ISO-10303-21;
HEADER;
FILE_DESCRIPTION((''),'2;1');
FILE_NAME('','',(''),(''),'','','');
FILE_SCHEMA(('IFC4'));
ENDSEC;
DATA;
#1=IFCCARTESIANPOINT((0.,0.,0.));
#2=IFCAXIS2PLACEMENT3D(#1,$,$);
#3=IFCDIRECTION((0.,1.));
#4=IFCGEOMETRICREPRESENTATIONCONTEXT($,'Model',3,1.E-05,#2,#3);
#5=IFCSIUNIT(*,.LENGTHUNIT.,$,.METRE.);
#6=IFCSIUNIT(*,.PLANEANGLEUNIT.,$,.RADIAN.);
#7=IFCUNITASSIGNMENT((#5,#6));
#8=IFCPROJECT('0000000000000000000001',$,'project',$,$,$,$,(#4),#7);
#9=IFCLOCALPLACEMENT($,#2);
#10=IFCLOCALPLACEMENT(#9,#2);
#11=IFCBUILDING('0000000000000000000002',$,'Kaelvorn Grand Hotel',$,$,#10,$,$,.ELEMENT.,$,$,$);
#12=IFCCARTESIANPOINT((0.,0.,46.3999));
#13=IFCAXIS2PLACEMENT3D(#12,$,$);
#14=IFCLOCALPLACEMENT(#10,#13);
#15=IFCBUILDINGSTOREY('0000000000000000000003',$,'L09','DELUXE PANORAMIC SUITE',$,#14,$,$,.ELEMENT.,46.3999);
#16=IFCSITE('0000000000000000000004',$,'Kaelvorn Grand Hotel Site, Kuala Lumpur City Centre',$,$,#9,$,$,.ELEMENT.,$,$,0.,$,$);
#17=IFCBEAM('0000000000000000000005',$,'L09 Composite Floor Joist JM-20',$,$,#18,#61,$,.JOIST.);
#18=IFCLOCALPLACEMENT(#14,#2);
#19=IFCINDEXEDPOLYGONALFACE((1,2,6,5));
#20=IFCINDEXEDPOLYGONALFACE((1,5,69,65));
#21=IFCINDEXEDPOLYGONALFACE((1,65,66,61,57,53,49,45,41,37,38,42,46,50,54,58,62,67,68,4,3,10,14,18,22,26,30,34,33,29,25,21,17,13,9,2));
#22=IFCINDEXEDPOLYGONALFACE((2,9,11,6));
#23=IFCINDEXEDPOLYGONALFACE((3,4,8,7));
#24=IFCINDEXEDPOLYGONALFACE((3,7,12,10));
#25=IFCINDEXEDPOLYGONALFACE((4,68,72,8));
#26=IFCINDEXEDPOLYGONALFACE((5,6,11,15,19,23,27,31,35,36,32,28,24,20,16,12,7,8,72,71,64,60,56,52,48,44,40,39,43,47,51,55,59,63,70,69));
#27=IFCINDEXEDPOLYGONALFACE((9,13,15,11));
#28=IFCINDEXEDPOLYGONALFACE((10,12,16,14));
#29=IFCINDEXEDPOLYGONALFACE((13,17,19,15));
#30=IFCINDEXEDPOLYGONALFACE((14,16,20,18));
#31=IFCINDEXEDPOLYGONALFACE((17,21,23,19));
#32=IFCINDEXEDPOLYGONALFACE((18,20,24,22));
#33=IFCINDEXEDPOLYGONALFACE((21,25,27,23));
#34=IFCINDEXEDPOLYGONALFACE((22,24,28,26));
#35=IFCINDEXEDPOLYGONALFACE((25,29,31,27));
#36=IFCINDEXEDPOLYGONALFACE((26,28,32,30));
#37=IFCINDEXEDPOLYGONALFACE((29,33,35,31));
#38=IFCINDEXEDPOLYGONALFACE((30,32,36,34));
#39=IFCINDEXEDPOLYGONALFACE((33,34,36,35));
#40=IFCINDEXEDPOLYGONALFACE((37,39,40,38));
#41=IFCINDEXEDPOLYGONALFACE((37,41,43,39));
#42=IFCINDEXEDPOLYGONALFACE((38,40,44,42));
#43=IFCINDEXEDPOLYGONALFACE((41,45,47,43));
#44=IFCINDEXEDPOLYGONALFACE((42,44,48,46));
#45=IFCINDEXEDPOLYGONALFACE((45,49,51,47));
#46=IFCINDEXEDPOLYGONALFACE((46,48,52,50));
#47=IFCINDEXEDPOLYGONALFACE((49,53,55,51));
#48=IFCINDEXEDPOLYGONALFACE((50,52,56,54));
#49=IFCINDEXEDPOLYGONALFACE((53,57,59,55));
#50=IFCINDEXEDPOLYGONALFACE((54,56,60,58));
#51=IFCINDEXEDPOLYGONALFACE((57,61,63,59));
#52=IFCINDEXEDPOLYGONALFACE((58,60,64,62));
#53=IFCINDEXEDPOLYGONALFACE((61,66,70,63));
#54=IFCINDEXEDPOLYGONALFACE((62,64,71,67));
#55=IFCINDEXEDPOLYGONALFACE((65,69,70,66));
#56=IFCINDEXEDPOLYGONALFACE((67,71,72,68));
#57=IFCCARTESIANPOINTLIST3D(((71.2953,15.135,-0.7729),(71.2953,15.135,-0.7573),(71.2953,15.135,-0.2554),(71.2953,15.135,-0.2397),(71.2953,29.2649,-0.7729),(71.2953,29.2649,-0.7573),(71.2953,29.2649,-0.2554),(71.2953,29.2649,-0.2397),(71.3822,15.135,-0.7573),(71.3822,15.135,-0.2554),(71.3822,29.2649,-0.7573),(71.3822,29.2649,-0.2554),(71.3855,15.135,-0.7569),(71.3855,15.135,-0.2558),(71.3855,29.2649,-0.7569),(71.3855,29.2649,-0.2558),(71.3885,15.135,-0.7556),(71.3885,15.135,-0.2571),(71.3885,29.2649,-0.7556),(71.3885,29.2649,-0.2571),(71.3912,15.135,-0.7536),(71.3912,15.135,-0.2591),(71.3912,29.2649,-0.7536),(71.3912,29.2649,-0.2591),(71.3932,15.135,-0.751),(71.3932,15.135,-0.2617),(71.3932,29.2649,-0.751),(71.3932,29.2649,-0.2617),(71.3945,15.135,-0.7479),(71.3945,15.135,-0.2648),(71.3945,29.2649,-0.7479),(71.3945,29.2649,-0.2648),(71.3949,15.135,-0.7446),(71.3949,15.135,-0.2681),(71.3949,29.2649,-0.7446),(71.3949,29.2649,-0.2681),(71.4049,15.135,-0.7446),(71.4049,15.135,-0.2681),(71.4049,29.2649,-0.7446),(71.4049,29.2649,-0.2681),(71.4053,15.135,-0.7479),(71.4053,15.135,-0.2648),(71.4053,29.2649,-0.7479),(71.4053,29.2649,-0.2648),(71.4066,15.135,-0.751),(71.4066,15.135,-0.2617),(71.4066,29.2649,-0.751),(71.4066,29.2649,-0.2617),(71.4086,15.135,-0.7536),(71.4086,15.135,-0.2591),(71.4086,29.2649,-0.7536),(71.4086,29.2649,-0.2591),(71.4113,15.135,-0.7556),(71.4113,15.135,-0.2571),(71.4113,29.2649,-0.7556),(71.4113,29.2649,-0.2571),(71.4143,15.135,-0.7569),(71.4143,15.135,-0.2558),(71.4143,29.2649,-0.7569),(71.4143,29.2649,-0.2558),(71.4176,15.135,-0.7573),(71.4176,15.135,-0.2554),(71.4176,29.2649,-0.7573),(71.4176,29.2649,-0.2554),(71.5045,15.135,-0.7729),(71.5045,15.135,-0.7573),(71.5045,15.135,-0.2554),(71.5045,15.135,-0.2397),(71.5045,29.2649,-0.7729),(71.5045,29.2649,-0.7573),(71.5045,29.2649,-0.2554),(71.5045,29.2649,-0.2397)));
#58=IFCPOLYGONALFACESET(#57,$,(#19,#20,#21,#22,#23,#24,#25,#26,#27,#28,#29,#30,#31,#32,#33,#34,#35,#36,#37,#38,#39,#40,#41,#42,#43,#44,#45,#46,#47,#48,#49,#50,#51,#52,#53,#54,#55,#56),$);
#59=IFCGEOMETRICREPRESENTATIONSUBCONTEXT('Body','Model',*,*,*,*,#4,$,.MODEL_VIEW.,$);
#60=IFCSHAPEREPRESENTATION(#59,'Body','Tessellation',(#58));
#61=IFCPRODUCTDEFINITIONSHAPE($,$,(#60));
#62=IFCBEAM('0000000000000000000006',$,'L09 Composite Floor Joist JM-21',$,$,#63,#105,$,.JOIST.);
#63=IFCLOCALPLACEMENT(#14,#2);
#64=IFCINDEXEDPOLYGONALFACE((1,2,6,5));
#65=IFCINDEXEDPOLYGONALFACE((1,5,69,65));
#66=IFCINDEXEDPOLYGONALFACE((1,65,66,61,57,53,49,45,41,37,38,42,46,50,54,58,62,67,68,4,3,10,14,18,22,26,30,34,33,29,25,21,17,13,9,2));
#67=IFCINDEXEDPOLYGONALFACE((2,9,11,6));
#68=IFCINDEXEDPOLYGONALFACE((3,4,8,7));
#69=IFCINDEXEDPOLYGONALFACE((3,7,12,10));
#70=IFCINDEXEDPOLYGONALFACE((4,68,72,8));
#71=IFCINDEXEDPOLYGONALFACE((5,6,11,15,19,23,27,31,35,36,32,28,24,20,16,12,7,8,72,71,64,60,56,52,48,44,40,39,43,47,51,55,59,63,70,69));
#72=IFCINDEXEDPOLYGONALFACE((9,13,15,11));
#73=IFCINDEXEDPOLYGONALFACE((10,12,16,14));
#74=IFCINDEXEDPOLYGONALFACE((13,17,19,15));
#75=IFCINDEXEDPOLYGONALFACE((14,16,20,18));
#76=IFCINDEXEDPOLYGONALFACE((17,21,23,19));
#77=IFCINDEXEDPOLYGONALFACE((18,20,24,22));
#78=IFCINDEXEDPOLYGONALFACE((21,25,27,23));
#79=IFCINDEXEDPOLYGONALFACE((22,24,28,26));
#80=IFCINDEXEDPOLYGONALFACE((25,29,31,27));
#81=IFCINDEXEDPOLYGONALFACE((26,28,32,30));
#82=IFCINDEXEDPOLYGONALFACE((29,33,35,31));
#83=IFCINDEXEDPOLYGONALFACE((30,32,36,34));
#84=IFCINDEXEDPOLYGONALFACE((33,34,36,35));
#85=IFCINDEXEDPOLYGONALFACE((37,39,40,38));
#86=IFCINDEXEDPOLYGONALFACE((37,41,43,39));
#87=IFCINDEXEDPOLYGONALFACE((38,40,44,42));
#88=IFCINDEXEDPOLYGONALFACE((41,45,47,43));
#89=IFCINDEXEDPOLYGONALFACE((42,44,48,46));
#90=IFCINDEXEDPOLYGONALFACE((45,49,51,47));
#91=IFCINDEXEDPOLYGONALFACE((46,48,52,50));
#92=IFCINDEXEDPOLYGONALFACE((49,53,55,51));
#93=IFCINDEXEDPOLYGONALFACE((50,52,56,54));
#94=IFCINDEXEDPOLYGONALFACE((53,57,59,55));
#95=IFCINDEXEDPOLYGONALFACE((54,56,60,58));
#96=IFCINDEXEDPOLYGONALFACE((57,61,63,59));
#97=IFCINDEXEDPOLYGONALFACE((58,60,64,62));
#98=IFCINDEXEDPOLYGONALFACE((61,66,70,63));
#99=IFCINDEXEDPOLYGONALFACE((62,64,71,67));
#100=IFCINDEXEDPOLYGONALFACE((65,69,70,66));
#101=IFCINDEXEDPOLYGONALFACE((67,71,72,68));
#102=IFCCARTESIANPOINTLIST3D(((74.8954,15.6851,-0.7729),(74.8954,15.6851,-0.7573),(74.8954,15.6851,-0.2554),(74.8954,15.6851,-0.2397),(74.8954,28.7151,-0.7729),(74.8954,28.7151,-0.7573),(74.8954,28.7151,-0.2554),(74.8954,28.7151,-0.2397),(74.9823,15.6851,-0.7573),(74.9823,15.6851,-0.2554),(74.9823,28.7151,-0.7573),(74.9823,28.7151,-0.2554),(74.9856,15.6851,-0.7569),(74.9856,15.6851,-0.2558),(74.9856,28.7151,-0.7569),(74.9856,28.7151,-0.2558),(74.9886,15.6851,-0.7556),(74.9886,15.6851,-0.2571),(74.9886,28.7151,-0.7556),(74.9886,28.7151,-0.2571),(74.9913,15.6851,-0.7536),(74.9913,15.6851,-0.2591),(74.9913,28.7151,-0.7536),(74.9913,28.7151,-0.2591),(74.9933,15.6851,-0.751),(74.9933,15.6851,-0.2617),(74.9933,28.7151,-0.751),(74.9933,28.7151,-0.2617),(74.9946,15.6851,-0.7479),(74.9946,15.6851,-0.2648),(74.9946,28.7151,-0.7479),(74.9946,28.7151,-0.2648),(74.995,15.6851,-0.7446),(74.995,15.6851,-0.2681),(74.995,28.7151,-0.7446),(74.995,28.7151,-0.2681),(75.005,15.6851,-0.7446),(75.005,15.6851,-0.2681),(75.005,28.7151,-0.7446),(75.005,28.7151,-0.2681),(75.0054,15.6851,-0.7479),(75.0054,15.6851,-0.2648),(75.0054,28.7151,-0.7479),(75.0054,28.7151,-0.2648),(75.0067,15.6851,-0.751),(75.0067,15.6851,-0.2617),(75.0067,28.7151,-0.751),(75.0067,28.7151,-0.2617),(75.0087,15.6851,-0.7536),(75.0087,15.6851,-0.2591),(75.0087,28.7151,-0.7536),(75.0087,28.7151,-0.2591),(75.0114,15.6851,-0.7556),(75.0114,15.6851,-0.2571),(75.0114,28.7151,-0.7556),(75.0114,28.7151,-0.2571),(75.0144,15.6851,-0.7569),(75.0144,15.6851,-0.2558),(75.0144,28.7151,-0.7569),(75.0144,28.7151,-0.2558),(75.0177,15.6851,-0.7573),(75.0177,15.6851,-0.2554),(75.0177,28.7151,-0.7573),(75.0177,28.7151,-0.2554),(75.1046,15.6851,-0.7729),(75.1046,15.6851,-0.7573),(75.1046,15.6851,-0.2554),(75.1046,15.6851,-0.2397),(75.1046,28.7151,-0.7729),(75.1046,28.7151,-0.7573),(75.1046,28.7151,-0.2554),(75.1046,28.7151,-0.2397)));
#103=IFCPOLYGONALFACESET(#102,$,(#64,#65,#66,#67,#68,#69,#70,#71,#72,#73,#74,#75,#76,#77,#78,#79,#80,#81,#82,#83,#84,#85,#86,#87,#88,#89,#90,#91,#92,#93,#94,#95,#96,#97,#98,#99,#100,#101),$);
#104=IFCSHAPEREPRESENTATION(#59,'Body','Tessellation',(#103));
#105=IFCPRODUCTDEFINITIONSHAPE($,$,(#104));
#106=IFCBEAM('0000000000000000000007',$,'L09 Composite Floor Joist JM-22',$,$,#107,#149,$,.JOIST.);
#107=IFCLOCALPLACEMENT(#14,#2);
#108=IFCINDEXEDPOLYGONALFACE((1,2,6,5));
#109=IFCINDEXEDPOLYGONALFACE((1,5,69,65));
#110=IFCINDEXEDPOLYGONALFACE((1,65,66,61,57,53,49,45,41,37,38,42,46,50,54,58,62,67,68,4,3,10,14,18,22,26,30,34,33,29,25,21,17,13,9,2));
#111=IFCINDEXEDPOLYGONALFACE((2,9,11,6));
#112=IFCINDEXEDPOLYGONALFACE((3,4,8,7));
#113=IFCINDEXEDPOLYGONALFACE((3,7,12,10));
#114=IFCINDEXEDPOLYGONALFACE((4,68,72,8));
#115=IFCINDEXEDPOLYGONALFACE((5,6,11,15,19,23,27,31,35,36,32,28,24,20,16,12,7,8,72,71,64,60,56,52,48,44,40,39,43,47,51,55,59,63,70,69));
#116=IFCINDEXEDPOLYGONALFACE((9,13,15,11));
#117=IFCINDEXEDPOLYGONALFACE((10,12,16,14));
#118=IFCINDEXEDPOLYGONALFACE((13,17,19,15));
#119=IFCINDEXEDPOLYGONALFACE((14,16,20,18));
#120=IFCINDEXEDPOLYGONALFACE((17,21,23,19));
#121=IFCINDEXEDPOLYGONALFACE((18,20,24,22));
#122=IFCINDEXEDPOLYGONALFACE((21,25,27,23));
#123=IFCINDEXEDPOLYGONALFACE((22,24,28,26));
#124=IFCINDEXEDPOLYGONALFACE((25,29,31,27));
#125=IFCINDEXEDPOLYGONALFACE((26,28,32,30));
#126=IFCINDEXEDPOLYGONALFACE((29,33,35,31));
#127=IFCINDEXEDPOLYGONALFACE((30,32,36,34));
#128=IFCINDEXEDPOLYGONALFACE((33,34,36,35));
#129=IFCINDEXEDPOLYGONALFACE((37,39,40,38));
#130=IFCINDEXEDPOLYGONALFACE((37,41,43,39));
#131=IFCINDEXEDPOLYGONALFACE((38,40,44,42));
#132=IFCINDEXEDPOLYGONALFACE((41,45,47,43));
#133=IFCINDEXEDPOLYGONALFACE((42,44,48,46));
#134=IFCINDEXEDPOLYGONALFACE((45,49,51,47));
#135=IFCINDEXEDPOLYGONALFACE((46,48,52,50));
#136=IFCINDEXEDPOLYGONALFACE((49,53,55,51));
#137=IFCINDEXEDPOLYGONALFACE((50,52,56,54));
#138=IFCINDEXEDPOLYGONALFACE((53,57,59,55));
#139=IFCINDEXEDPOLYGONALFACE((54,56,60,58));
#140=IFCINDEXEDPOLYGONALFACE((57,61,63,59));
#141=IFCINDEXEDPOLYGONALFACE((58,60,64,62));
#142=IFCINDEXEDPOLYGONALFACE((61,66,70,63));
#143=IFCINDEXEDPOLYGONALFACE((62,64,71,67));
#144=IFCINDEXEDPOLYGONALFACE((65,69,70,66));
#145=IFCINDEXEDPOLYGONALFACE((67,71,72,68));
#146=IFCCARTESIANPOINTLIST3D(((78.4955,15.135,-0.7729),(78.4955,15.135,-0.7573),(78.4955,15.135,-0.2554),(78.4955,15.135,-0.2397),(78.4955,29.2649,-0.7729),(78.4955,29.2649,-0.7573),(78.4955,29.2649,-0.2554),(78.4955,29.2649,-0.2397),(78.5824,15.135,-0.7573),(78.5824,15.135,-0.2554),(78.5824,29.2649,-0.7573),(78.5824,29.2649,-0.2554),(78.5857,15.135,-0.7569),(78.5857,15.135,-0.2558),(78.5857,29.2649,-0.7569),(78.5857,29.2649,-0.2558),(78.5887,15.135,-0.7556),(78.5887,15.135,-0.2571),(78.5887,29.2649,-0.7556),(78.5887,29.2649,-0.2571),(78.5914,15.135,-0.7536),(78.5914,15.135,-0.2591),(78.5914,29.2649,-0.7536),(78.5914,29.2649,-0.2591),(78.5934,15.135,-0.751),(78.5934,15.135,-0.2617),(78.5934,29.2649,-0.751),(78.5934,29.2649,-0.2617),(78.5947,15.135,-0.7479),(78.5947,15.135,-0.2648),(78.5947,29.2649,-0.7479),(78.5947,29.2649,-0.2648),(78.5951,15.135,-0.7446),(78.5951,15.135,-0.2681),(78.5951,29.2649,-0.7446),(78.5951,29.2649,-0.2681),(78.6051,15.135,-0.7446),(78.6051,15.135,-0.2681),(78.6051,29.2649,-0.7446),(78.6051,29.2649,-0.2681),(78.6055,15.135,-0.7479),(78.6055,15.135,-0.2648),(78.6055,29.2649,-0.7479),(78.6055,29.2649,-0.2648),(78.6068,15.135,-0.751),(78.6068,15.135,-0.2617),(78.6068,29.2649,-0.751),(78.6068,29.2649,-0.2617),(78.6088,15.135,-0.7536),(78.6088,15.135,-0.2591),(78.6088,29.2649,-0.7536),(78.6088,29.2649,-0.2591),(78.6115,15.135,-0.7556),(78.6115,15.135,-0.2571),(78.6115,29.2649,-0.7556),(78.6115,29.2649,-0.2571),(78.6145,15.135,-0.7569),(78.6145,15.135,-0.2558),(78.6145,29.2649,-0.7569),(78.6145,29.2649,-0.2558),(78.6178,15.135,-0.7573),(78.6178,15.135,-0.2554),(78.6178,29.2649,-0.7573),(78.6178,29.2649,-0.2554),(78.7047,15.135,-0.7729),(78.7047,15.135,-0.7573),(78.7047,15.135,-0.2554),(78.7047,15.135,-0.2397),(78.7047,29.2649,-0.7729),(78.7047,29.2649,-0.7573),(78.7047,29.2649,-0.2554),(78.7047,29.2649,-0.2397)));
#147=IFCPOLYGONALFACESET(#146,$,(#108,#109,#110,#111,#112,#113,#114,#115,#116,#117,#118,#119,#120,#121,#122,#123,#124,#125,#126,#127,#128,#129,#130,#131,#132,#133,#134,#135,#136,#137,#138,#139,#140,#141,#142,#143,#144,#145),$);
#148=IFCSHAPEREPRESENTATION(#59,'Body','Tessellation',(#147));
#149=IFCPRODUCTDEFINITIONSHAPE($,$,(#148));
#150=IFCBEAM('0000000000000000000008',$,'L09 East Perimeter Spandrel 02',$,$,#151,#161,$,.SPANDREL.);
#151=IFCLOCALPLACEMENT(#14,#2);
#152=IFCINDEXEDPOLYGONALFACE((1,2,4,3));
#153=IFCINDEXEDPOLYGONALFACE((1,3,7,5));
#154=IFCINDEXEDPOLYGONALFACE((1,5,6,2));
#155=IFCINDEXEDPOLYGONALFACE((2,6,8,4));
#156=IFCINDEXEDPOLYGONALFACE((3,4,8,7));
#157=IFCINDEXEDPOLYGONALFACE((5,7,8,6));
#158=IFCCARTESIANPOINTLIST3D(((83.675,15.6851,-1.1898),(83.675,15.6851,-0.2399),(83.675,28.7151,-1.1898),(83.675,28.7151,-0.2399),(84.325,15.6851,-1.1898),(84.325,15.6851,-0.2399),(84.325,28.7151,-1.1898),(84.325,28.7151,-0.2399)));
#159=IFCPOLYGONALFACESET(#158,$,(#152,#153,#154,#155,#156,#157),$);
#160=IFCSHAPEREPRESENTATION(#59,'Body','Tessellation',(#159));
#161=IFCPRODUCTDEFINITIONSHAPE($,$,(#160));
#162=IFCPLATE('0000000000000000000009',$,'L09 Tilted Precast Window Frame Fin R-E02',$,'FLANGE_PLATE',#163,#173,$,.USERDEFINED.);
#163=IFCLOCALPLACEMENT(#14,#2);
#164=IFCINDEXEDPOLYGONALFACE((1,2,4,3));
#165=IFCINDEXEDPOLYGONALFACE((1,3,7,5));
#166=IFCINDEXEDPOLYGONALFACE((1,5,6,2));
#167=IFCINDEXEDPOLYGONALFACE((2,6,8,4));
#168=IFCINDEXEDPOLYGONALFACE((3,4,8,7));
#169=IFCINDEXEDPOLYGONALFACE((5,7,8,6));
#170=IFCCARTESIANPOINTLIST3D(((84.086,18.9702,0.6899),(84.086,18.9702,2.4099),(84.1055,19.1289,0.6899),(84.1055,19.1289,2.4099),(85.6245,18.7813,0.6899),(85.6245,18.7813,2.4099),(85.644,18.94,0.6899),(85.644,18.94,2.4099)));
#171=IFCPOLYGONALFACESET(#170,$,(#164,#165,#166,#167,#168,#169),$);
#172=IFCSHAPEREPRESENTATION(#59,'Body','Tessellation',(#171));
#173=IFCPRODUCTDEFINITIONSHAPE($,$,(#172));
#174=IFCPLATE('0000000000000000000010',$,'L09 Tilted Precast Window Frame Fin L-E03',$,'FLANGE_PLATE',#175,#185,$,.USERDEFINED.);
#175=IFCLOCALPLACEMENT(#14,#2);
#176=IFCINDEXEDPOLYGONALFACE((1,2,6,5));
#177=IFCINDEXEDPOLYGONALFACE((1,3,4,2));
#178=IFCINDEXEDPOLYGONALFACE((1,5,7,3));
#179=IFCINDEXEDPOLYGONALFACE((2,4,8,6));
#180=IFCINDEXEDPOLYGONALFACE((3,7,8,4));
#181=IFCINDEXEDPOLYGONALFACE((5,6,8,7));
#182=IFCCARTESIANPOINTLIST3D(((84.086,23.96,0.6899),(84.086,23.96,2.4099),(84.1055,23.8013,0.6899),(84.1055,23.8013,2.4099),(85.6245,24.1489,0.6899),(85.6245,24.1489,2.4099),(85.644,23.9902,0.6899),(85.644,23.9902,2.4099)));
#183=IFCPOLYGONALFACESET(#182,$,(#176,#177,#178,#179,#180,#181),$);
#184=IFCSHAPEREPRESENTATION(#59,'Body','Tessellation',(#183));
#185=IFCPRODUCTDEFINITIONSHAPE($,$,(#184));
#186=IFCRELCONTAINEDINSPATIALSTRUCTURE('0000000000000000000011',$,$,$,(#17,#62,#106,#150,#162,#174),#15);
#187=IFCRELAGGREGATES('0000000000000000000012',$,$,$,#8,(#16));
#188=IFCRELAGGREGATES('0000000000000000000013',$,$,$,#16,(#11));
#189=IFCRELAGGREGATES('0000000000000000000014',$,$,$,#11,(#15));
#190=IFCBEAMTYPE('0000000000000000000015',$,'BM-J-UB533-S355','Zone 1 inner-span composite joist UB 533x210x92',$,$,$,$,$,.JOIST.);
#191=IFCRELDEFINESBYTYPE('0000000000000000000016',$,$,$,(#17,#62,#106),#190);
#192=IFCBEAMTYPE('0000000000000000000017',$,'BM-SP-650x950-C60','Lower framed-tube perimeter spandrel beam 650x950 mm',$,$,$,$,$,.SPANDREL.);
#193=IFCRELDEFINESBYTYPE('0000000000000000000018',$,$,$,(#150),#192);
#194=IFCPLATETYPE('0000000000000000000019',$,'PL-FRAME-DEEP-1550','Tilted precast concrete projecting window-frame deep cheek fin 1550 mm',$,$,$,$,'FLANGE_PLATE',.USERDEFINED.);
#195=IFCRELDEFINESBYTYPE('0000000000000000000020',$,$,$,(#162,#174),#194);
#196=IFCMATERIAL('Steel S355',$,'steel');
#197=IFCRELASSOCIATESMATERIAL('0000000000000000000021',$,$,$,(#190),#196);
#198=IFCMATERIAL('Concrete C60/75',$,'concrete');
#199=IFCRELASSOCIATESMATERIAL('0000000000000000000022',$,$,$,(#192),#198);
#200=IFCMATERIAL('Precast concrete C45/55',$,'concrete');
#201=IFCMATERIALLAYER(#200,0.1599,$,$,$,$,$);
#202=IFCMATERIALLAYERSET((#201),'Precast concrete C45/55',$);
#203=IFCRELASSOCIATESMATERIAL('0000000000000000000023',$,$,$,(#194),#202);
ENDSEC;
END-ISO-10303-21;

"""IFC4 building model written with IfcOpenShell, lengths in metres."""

from ifc_helpers import new_model, si_unit, direction, frame, origin, origin_2d, place, context, subcontext, project, spatial, rectangle, i_section, extrude, material, layer, layer_set, material_profile, profile_set, type_object, element, save


model = new_model("IFC4")

# Units and contexts
model_context = context("Model", 3, precision=1e-05, world=origin(), true_north=direction((0.0, 1.0)))
body_context = subcontext(model_context, "Body", "Model", "MODEL_VIEW")
ifc_project = project(units=[si_unit("LENGTHUNIT", "METRE"), si_unit("PLANEANGLEUNIT", "RADIAN")], contexts=[model_context])

# Site, building, storey
site_placement = place(None, origin())
site = spatial("IfcSite", under=ifc_project, at=site_placement, Name="Kaelvorn Grand Hotel Site, Kuala Lumpur City Centre", CompositionType="ELEMENT", RefElevation=0.0)
building_placement = place(site_placement, origin())
building = spatial("IfcBuilding", under=site, at=building_placement, Name="Kaelvorn Grand Hotel", CompositionType="ELEMENT")
storey_placement = place(building_placement, frame((0.0, 0.0, 46.3999)))
storey = spatial("IfcBuildingStorey", under=building, at=storey_placement, Name="L09", Description="DELUXE PANORAMIC SUITE", CompositionType="ELEMENT", Elevation=46.3999)

# Beams
ifc_material_1 = material(Name="Steel S355", Category="steel")
ifc_material_profile_1 = material_profile(ifc_material_1, i_section(OverallWidth=0.2092, OverallDepth=0.5332, WebThickness=0.01, FlangeThickness=0.0156, FilletRadius=0.0127, at=origin_2d()), Name="UB 533x210x92")
ifc_profile_set_1 = profile_set([ifc_material_profile_1], Name="Steel S355")
beam_type_1 = type_object("IfcBeamType", Name="BM-J-UB533-S355", Description="Zone 1 inner-span composite joist UB 533x210x92", PredefinedType="JOIST", material=ifc_profile_set_1)
beam_1_placement = place(storey_placement, frame((71.3999, 15.135, -0.5063), z_axis=(0.0, 1.0, 0.0), x_axis=(-1.0, 0.0, 0.0)))
element("IfcBeam", 1, at=beam_1_placement, inside=storey, type_object=beam_type_1, Name="L09 Composite Floor Joist JM-20", PredefinedType="JOIST", context=body_context, shape_type="SweptSolid", body=[
    extrude(i_section(OverallWidth=0.2092, OverallDepth=0.5332, WebThickness=0.01, FlangeThickness=0.0156, FilletRadius=0.0127, at=origin_2d()), origin(), (0.0, 0.0, 1.0), 14.1299),
])
beam_2_placement = place(storey_placement, frame((75.0, 15.6851, -0.5063), z_axis=(0.0, 1.0, 0.0), x_axis=(-1.0, 0.0, 0.0)))
element("IfcBeam", 2, at=beam_2_placement, inside=storey, type_object=beam_type_1, Name="L09 Composite Floor Joist JM-21", PredefinedType="JOIST", context=body_context, shape_type="SweptSolid", body=[
    extrude(i_section(OverallWidth=0.2092, OverallDepth=0.5332, WebThickness=0.01, FlangeThickness=0.0156, FilletRadius=0.0127, at=origin_2d()), origin(), (0.0, 0.0, 1.0), 13.03),
])
beam_3_placement = place(storey_placement, frame((78.6001, 15.135, -0.5063), z_axis=(0.0, 1.0, 0.0), x_axis=(-1.0, 0.0, 0.0)))
element("IfcBeam", 3, at=beam_3_placement, inside=storey, type_object=beam_type_1, Name="L09 Composite Floor Joist JM-22", PredefinedType="JOIST", context=body_context, shape_type="SweptSolid", body=[
    extrude(i_section(OverallWidth=0.2092, OverallDepth=0.5332, WebThickness=0.01, FlangeThickness=0.0156, FilletRadius=0.0127, at=origin_2d()), origin(), (0.0, 0.0, 1.0), 14.1299),
])
ifc_material_2 = material(Name="Concrete C60/75", Category="concrete")
ifc_material_profile_2 = material_profile(ifc_material_2, rectangle(XDim=0.6499, YDim=0.95, at=origin_2d()), Name="RC SPANDREL 650x950")
ifc_profile_set_2 = profile_set([ifc_material_profile_2], Name="Concrete C60/75")
beam_type_2 = type_object("IfcBeamType", Name="BM-SP-650x950-C60", Description="Lower framed-tube perimeter spandrel beam 650x950 mm", PredefinedType="SPANDREL", material=ifc_profile_set_2)
beam_4_placement = place(storey_placement, frame((84.0, 15.6851, -0.7148), z_axis=(0.0, 1.0, 0.0), x_axis=(-1.0, 0.0, 0.0)))
element("IfcBeam", 4, at=beam_4_placement, inside=storey, type_object=beam_type_2, Name="L09 East Perimeter Spandrel 02", PredefinedType="SPANDREL", context=body_context, shape_type="SweptSolid", body=[
    extrude(rectangle(XDim=0.6499, YDim=0.95, at=origin_2d()), origin(), (0.0, 0.0, 1.0), 13.03),
])

# Plates
ifc_material_3 = material(Name="Precast concrete C45/55", Category="concrete")
ifc_layer_1 = layer(ifc_material_3, 0.1599)
ifc_layer_set_1 = layer_set([ifc_layer_1], Name="Precast concrete C45/55")
plate_type_1 = type_object("IfcPlateType", Name="PL-FRAME-DEEP-1550", Description="Tilted precast concrete projecting window-frame deep cheek fin 1550 mm", ElementType="FLANGE_PLATE", PredefinedType="USERDEFINED", material=ifc_layer_set_1)
for number, where, z_axis, x_axis, name in (
    (5, (84.865, 18.9551, 0.6899), (0.0, 0.0, 1.0), (0.121869, 0.992546, 0.0), "L09 Tilted Precast Window Frame Fin R-E02"),
    (6, (84.865, 23.9751, 0.6899), (0.0, 0.0, 1.0), (-0.121869, 0.992546, 0.0), "L09 Tilted Precast Window Frame Fin L-E03"),
):
    element("IfcPlate", number, at=place(storey_placement, frame(where, z_axis=z_axis, x_axis=x_axis)), inside=storey, type_object=plate_type_1, Name=name, ObjectType="FLANGE_PLATE", PredefinedType="USERDEFINED", context=body_context, shape_type="SweptSolid", body=[
        extrude(rectangle(XDim=0.1599, YDim=1.55, at=origin_2d()), origin(), (0.0, 0.0, 1.0), 1.72),
    ])

save(model, "model.ifc")
